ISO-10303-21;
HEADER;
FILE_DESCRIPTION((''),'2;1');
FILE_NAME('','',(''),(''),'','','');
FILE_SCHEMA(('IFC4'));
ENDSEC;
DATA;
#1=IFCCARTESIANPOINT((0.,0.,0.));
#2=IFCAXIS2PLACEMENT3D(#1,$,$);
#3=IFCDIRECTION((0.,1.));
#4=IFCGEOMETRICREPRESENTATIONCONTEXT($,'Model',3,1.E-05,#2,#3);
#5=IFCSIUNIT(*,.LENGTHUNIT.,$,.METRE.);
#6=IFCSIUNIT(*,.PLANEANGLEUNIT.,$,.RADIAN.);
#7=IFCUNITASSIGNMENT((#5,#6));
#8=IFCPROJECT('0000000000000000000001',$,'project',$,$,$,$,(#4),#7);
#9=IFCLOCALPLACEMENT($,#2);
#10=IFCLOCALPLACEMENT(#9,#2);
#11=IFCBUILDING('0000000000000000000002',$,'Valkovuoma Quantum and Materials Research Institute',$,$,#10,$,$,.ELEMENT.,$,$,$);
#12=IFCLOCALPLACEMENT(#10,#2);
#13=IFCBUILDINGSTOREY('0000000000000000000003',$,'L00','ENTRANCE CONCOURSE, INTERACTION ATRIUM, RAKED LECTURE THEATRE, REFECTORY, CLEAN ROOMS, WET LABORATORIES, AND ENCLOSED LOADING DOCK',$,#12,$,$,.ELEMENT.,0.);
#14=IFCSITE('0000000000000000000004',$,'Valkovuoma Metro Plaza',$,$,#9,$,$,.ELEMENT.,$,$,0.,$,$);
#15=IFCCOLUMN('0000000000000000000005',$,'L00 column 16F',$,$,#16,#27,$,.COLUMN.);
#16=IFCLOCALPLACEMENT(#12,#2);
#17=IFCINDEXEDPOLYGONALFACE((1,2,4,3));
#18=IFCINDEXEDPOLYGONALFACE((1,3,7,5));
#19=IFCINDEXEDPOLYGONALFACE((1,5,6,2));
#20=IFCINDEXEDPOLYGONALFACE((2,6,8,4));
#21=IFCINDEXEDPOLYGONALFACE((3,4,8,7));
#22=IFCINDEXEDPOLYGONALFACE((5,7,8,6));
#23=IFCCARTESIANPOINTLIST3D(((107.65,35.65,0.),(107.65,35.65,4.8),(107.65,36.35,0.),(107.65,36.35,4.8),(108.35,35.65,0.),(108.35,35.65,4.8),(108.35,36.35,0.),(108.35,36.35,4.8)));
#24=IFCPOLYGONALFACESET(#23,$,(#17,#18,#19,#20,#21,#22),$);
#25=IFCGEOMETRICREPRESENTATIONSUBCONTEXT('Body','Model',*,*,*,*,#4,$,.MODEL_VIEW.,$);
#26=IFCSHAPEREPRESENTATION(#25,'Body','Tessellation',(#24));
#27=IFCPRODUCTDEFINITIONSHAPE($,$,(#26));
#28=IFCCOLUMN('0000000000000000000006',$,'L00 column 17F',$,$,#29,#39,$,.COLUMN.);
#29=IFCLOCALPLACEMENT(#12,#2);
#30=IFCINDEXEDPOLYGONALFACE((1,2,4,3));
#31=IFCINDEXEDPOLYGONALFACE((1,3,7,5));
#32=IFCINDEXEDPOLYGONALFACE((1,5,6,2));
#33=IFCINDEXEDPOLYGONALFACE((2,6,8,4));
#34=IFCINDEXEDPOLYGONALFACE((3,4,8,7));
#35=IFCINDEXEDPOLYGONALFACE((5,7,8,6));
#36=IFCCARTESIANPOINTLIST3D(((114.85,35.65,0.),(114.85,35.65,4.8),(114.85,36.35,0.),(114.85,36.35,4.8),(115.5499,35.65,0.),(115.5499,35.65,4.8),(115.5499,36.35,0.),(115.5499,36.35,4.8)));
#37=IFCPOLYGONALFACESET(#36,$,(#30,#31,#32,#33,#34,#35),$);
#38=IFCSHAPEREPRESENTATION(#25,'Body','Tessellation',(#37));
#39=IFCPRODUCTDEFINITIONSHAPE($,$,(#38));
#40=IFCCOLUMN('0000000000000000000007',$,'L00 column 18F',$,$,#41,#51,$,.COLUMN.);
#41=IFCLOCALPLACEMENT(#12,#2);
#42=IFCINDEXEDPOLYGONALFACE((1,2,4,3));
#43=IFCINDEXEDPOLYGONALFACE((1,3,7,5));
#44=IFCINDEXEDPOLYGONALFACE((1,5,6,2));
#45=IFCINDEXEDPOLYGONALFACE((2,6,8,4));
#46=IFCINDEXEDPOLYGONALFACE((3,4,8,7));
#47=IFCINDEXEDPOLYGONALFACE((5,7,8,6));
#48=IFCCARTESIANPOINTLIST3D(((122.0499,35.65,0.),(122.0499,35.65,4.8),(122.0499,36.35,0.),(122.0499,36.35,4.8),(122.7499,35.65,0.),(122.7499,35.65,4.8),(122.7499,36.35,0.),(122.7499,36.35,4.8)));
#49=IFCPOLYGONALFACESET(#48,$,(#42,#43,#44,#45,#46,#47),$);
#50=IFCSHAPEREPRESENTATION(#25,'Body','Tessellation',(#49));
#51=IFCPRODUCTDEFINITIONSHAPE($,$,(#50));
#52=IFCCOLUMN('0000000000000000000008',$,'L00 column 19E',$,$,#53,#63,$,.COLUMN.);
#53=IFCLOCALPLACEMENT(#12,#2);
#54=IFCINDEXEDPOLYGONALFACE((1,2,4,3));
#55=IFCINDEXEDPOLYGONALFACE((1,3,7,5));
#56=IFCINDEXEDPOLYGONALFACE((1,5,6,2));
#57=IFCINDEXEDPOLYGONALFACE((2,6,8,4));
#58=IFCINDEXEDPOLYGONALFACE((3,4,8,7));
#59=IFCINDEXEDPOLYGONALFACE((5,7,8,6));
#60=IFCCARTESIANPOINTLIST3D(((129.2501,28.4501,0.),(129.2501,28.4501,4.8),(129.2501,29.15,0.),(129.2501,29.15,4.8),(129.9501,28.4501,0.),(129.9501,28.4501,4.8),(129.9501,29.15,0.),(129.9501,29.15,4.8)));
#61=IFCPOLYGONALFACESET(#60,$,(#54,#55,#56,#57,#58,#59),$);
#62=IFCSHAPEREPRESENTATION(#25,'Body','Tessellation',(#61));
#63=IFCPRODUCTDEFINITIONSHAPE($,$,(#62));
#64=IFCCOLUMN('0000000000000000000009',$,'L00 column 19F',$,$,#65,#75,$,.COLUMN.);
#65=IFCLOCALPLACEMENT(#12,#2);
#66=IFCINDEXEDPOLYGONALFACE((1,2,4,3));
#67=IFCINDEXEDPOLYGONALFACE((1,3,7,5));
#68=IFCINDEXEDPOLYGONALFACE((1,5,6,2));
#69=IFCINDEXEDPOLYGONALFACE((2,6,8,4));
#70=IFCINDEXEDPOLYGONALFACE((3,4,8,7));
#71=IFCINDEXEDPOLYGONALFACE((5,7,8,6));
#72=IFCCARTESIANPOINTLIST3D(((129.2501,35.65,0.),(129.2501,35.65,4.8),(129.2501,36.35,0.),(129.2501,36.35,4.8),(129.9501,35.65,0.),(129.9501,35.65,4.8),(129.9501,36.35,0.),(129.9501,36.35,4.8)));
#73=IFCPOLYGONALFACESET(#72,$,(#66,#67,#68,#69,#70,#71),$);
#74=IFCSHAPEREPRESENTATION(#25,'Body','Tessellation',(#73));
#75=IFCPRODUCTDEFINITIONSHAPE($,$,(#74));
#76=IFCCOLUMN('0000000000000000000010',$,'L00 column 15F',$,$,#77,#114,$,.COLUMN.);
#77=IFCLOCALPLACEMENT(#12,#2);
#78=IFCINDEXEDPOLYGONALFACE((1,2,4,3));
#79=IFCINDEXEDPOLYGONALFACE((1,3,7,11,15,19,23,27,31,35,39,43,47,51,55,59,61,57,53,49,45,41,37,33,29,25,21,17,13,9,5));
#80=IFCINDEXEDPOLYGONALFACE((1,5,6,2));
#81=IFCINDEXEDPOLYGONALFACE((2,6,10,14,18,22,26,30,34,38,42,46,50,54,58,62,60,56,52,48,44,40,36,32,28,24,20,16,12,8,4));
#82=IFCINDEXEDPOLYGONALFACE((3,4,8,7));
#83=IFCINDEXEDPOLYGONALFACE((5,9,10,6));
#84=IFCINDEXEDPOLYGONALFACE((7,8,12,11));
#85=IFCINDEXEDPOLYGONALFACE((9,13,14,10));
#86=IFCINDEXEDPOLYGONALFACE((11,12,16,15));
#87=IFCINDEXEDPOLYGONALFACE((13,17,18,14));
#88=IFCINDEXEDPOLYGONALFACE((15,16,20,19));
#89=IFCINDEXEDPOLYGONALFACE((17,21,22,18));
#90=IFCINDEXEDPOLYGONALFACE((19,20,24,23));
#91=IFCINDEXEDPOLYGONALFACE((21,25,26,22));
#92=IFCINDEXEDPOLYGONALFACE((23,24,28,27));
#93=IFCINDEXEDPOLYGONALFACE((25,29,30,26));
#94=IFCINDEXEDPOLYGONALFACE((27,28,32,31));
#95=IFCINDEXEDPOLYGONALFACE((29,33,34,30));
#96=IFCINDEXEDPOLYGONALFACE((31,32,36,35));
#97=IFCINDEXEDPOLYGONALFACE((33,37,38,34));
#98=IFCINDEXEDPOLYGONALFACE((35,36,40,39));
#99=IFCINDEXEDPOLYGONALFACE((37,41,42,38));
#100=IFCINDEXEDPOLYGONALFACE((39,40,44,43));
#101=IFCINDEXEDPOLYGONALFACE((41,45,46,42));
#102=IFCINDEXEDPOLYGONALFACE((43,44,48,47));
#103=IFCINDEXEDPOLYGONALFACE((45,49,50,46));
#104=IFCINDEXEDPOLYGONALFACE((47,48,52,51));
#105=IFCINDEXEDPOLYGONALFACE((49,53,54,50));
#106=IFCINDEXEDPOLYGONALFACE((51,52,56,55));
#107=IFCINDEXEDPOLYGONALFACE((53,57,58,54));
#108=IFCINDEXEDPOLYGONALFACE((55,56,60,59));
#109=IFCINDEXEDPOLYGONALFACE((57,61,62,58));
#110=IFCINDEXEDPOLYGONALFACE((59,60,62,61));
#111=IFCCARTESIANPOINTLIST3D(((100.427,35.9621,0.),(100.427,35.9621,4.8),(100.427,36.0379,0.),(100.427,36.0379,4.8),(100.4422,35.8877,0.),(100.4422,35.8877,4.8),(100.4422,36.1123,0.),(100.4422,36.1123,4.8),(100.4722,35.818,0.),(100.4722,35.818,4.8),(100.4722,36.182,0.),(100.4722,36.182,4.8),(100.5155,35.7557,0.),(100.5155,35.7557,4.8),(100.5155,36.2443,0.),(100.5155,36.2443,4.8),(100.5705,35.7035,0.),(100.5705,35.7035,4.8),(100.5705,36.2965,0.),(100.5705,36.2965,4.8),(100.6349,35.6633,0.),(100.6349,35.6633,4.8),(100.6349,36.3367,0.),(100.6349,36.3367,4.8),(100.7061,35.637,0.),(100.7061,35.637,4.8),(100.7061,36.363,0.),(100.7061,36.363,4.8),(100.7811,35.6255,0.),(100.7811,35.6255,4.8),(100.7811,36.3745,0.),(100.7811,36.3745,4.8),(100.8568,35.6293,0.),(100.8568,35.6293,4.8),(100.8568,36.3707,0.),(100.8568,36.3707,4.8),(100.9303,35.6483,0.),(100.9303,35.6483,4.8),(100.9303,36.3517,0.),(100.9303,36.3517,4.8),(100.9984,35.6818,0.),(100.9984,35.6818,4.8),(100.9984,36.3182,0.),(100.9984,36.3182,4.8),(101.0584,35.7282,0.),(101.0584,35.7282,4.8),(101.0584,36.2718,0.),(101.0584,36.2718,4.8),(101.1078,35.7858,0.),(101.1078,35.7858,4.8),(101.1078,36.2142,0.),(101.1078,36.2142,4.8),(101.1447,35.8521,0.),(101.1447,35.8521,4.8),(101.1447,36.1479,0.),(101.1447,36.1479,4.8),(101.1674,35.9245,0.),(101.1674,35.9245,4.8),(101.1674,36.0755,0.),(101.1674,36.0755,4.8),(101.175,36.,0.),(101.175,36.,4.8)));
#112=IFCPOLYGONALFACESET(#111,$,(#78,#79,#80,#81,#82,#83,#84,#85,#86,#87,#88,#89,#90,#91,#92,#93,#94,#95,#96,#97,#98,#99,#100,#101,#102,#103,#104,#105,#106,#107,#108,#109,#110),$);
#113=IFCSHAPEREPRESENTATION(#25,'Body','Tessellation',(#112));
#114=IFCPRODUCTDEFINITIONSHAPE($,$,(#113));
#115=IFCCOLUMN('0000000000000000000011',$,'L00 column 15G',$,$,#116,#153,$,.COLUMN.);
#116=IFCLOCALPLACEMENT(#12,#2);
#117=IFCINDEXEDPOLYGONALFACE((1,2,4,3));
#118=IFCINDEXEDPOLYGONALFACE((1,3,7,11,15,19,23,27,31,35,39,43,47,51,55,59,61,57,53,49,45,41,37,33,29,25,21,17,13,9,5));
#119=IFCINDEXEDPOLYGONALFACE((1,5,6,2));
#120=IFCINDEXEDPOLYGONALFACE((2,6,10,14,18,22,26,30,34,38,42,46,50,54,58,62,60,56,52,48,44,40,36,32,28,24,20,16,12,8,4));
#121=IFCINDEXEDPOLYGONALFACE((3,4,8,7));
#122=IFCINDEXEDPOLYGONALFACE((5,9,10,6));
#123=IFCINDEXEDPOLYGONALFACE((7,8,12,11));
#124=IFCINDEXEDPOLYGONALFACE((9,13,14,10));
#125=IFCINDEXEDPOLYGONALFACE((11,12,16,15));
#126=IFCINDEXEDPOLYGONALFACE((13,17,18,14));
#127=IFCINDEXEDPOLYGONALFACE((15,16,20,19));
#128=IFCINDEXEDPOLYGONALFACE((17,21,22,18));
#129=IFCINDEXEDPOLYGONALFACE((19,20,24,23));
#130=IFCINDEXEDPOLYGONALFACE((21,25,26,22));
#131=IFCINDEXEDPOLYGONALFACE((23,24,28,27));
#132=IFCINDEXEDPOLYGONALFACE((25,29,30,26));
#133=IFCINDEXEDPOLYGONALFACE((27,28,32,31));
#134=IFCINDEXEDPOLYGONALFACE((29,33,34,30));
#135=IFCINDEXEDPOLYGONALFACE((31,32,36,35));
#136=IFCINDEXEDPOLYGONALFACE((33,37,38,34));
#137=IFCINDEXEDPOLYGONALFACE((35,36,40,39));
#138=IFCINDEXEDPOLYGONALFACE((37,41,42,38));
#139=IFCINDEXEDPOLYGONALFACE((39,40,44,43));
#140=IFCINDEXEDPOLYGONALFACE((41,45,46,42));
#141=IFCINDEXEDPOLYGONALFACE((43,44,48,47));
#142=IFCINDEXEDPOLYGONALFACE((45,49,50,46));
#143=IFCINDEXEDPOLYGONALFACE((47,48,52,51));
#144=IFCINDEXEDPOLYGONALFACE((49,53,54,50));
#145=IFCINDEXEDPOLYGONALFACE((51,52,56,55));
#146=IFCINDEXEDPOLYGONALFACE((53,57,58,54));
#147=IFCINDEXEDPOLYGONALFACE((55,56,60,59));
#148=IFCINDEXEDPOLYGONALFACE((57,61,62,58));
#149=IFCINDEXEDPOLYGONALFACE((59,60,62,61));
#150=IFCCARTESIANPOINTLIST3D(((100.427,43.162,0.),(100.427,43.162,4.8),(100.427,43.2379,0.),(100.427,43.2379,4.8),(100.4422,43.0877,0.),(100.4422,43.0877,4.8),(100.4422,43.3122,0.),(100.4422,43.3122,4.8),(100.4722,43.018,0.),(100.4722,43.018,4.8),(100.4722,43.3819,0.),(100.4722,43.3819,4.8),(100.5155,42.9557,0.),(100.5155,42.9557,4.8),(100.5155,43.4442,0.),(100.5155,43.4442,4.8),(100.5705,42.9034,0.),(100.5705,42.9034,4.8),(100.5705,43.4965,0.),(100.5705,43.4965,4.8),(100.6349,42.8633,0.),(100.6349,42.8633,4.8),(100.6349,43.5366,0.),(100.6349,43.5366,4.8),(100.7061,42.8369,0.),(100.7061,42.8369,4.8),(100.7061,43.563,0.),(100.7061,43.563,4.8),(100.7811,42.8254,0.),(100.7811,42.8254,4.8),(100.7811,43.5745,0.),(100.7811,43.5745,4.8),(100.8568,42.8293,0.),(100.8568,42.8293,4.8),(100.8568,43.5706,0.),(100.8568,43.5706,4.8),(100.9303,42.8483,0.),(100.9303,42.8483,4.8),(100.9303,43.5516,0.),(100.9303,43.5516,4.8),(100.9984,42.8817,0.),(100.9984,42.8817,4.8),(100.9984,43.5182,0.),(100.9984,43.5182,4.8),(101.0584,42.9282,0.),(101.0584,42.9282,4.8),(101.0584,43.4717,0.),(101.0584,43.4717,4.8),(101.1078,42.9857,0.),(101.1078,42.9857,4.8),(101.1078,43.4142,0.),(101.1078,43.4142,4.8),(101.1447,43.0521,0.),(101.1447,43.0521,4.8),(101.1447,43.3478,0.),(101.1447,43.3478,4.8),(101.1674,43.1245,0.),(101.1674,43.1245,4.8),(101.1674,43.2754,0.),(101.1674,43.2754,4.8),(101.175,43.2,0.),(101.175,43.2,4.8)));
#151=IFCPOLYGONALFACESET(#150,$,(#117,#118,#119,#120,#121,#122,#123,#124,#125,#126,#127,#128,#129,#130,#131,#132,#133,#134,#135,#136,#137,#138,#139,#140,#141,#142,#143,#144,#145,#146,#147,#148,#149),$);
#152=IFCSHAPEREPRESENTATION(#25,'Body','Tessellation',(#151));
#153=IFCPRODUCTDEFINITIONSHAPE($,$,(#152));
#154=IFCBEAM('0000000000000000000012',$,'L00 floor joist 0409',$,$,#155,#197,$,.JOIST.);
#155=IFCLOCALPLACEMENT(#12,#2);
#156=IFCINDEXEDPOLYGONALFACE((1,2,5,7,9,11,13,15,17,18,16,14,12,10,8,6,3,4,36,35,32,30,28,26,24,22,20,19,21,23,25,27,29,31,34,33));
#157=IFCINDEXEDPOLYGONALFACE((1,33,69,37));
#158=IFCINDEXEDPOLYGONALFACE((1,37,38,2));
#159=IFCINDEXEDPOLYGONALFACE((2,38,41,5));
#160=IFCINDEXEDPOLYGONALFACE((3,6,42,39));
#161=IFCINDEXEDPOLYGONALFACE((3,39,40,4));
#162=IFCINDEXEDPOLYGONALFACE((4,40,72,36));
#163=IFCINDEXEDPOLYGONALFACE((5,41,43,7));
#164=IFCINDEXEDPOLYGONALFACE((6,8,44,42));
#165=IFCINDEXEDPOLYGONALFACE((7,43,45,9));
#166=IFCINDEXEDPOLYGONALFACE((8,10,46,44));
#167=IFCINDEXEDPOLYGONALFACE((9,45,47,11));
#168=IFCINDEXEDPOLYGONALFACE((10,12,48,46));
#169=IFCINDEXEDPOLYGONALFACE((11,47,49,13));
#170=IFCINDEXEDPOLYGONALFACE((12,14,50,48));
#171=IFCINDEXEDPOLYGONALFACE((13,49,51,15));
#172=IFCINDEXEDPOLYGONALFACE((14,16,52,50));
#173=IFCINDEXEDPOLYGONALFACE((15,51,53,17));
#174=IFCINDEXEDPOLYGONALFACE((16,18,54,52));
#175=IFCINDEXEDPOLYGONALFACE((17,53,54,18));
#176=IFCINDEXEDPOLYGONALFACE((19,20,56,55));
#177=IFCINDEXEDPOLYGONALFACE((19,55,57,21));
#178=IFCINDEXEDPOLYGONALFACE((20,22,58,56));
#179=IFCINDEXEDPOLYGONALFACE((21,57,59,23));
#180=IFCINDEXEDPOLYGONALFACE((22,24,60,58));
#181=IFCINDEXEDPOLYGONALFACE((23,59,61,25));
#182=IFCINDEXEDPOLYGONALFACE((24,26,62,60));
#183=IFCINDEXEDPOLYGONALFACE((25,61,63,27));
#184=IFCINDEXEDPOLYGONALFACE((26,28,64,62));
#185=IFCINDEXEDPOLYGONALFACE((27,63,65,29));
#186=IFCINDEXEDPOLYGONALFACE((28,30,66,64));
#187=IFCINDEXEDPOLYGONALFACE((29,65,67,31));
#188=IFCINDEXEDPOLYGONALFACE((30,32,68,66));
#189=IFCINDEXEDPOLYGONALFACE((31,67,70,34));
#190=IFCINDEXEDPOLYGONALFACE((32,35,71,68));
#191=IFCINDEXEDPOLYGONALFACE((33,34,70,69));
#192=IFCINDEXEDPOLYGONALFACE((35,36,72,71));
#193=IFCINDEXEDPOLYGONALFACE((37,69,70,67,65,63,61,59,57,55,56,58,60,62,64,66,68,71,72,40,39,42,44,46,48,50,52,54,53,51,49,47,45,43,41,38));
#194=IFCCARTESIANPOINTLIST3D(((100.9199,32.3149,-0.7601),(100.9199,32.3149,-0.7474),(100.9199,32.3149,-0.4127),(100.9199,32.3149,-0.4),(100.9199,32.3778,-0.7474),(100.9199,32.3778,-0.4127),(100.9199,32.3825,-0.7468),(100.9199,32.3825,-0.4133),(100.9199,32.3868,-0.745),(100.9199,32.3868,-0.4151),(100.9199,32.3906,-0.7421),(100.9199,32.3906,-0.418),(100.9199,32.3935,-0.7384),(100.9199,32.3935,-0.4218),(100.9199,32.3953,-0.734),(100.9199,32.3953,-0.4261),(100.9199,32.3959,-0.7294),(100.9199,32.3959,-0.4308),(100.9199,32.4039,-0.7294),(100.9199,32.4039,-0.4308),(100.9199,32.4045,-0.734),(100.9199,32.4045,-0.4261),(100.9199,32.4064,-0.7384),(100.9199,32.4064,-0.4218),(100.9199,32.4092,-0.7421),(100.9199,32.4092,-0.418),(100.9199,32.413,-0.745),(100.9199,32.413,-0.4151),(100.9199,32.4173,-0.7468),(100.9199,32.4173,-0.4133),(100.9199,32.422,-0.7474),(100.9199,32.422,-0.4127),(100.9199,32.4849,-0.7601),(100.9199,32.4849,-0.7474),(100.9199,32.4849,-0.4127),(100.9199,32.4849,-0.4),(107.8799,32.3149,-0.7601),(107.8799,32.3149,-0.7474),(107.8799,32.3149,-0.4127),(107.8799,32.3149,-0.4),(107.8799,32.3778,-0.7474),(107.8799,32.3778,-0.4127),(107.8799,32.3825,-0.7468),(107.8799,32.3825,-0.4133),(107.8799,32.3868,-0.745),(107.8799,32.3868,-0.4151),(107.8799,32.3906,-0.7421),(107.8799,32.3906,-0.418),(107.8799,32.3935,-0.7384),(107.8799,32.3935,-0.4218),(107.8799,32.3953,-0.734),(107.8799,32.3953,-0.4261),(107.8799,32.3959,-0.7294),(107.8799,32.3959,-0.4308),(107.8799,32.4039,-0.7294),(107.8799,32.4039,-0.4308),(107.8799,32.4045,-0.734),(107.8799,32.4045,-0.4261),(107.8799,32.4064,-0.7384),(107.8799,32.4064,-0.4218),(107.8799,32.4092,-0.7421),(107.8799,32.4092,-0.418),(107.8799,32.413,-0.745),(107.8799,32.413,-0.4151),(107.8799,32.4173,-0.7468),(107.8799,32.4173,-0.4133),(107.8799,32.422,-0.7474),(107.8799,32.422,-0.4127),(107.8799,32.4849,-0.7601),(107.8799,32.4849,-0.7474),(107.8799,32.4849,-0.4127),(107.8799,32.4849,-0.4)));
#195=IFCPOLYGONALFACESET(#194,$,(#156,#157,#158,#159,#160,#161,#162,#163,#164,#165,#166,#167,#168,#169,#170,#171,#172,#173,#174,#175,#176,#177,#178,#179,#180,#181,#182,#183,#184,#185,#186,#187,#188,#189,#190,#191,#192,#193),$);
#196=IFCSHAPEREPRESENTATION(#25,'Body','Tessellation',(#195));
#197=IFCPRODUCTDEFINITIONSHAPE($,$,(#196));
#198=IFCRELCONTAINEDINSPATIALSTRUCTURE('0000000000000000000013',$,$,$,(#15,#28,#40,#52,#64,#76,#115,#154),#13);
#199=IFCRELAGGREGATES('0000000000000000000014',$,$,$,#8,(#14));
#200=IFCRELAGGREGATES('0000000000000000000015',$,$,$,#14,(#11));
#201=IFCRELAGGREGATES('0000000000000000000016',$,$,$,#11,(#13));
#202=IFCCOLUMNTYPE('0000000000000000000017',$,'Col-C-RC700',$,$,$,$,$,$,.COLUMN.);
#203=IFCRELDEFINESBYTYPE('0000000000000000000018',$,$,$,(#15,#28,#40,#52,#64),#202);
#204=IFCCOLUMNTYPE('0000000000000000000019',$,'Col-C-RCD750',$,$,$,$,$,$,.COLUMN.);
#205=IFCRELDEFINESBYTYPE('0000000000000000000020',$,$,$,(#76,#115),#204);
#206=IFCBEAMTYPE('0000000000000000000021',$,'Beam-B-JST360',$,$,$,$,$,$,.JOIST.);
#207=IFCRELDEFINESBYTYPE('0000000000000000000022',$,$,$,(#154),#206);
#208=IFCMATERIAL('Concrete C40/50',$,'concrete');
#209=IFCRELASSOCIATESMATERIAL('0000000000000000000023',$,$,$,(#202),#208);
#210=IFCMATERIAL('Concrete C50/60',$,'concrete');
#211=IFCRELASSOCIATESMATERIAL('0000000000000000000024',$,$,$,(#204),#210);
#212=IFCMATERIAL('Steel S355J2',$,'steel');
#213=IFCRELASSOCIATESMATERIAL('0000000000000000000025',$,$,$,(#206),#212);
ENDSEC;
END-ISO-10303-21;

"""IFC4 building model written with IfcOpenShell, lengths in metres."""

from ifc_helpers import new_model, si_unit, direction, frame, origin, origin_2d, place, context, subcontext, project, spatial, rectangle, circle, i_section, extrude, material, material_profile, profile_set, type_object, element, save


model = new_model("IFC4")

# Units and contexts
model_context = context("Model", 3, precision=1e-05, world=origin(), true_north=direction((0.0, 1.0)))
body_context = subcontext(model_context, "Body", "Model", "MODEL_VIEW")
ifc_project = project(units=[si_unit("LENGTHUNIT", "METRE"), si_unit("PLANEANGLEUNIT", "RADIAN")], contexts=[model_context])

# Site, building, storey
site_placement = place(None, origin())
site = spatial("IfcSite", under=ifc_project, at=site_placement, Name="Valkovuoma Metro Plaza", CompositionType="ELEMENT", RefElevation=0.0)
building_placement = place(site_placement, origin())
building = spatial("IfcBuilding", under=site, at=building_placement, Name="Valkovuoma Quantum and Materials Research Institute", CompositionType="ELEMENT")
storey_placement = place(building_placement, origin())
storey = spatial("IfcBuildingStorey", under=building, at=storey_placement, Name="L00", Description="ENTRANCE CONCOURSE, INTERACTION ATRIUM, RAKED LECTURE THEATRE, REFECTORY, CLEAN ROOMS, WET LABORATORIES, AND ENCLOSED LOADING DOCK", CompositionType="ELEMENT", Elevation=0.0)

# Columns
ifc_material_1 = material(Name="Concrete C40/50", Category="concrete")
ifc_material_profile_1 = material_profile(ifc_material_1, rectangle(XDim=0.7, YDim=0.7, at=origin_2d()), Name="Concrete C40/50")
ifc_profile_set_1 = profile_set([ifc_material_profile_1], Name="Concrete C40/50")
column_type_1 = type_object("IfcColumnType", Name="Col-C-RC700", PredefinedType="COLUMN", material=ifc_profile_set_1)
for number, where, z_axis, x_axis, name in (
    (1, (108.0, 36.0, 0.0), (0.0, 0.0, 1.0), (1.0, 0.0, 0.0), "L00 column 16F"),
    (2, (115.2, 36.0, 0.0), (0.0, 0.0, 1.0), (1.0, 0.0, 0.0), "L00 column 17F"),
    (3, (122.3999, 36.0, 0.0), (0.0, 0.0, 1.0), (1.0, 0.0, 0.0), "L00 column 18F"),
    (4, (129.6001, 28.8, 0.0), (0.0, 0.0, 1.0), (1.0, 0.0, 0.0), "L00 column 19E"),
    (5, (129.6001, 36.0, 0.0), (0.0, 0.0, 1.0), (1.0, 0.0, 0.0), "L00 column 19F"),
):
    element("IfcColumn", number, at=place(storey_placement, frame(where, z_axis=z_axis, x_axis=x_axis)), inside=storey, type_object=column_type_1, Name=name, PredefinedType="COLUMN", context=body_context, shape_type="SweptSolid", body=[
        extrude(rectangle(XDim=0.7, YDim=0.7, at=origin_2d()), origin(), (0.0, 0.0, 1.0), 4.8),
    ])
ifc_material_2 = material(Name="Concrete C50/60", Category="concrete")
ifc_material_profile_2 = material_profile(ifc_material_2, circle(Radius=0.375, at=origin_2d()), Name="Concrete C50/60")
ifc_profile_set_2 = profile_set([ifc_material_profile_2], Name="Concrete C50/60")
column_type_2 = type_object("IfcColumnType", Name="Col-C-RCD750", PredefinedType="COLUMN", material=ifc_profile_set_2)
for number, where, z_axis, x_axis, name in (
    (6, (100.8, 36.0, 0.0), (0.0, 0.0, 1.0), (1.0, 0.0, 0.0), "L00 column 15F"),
    (7, (100.8, 43.2, 0.0), (0.0, 0.0, 1.0), (1.0, 0.0, 0.0), "L00 column 15G"),
):
    element("IfcColumn", number, at=place(storey_placement, frame(where, z_axis=z_axis, x_axis=x_axis)), inside=storey, type_object=column_type_2, Name=name, PredefinedType="COLUMN", context=body_context, shape_type="SweptSolid", body=[
        extrude(circle(Radius=0.375, at=origin_2d()), origin(), (0.0, 0.0, 1.0), 4.8),
    ])

# Beam
ifc_material_3 = material(Name="Steel S355J2", Category="steel")
ifc_material_profile_3 = material_profile(ifc_material_3, i_section(OverallWidth=0.1699, OverallDepth=0.3601, WebThickness=0.0081, FlangeThickness=0.0127, FilletRadius=0.0181, at=origin_2d()), Name="Steel S355J2")
ifc_profile_set_3 = profile_set([ifc_material_profile_3], Name="Steel S355J2")
beam_type_1 = type_object("IfcBeamType", Name="Beam-B-JST360", PredefinedType="JOIST", material=ifc_profile_set_3)
for number, where, z_axis, x_axis, name in (
    (8, (100.9199, 32.3999, -0.5801), (1.0, 0.0, 0.0), (0.0, 1.0, 0.0), "L00 floor joist 0409"),
):
    element("IfcBeam", number, at=place(storey_placement, frame(where, z_axis=z_axis, x_axis=x_axis)), inside=storey, type_object=beam_type_1, Name=name, PredefinedType="JOIST", context=body_context, shape_type="SweptSolid", body=[
        extrude(i_section(OverallWidth=0.1699, OverallDepth=0.3601, WebThickness=0.0081, FlangeThickness=0.0127, FilletRadius=0.0181, at=origin_2d()), origin(), (0.0, 0.0, 1.0), 6.96),
    ])

save(model, "model.ifc")
